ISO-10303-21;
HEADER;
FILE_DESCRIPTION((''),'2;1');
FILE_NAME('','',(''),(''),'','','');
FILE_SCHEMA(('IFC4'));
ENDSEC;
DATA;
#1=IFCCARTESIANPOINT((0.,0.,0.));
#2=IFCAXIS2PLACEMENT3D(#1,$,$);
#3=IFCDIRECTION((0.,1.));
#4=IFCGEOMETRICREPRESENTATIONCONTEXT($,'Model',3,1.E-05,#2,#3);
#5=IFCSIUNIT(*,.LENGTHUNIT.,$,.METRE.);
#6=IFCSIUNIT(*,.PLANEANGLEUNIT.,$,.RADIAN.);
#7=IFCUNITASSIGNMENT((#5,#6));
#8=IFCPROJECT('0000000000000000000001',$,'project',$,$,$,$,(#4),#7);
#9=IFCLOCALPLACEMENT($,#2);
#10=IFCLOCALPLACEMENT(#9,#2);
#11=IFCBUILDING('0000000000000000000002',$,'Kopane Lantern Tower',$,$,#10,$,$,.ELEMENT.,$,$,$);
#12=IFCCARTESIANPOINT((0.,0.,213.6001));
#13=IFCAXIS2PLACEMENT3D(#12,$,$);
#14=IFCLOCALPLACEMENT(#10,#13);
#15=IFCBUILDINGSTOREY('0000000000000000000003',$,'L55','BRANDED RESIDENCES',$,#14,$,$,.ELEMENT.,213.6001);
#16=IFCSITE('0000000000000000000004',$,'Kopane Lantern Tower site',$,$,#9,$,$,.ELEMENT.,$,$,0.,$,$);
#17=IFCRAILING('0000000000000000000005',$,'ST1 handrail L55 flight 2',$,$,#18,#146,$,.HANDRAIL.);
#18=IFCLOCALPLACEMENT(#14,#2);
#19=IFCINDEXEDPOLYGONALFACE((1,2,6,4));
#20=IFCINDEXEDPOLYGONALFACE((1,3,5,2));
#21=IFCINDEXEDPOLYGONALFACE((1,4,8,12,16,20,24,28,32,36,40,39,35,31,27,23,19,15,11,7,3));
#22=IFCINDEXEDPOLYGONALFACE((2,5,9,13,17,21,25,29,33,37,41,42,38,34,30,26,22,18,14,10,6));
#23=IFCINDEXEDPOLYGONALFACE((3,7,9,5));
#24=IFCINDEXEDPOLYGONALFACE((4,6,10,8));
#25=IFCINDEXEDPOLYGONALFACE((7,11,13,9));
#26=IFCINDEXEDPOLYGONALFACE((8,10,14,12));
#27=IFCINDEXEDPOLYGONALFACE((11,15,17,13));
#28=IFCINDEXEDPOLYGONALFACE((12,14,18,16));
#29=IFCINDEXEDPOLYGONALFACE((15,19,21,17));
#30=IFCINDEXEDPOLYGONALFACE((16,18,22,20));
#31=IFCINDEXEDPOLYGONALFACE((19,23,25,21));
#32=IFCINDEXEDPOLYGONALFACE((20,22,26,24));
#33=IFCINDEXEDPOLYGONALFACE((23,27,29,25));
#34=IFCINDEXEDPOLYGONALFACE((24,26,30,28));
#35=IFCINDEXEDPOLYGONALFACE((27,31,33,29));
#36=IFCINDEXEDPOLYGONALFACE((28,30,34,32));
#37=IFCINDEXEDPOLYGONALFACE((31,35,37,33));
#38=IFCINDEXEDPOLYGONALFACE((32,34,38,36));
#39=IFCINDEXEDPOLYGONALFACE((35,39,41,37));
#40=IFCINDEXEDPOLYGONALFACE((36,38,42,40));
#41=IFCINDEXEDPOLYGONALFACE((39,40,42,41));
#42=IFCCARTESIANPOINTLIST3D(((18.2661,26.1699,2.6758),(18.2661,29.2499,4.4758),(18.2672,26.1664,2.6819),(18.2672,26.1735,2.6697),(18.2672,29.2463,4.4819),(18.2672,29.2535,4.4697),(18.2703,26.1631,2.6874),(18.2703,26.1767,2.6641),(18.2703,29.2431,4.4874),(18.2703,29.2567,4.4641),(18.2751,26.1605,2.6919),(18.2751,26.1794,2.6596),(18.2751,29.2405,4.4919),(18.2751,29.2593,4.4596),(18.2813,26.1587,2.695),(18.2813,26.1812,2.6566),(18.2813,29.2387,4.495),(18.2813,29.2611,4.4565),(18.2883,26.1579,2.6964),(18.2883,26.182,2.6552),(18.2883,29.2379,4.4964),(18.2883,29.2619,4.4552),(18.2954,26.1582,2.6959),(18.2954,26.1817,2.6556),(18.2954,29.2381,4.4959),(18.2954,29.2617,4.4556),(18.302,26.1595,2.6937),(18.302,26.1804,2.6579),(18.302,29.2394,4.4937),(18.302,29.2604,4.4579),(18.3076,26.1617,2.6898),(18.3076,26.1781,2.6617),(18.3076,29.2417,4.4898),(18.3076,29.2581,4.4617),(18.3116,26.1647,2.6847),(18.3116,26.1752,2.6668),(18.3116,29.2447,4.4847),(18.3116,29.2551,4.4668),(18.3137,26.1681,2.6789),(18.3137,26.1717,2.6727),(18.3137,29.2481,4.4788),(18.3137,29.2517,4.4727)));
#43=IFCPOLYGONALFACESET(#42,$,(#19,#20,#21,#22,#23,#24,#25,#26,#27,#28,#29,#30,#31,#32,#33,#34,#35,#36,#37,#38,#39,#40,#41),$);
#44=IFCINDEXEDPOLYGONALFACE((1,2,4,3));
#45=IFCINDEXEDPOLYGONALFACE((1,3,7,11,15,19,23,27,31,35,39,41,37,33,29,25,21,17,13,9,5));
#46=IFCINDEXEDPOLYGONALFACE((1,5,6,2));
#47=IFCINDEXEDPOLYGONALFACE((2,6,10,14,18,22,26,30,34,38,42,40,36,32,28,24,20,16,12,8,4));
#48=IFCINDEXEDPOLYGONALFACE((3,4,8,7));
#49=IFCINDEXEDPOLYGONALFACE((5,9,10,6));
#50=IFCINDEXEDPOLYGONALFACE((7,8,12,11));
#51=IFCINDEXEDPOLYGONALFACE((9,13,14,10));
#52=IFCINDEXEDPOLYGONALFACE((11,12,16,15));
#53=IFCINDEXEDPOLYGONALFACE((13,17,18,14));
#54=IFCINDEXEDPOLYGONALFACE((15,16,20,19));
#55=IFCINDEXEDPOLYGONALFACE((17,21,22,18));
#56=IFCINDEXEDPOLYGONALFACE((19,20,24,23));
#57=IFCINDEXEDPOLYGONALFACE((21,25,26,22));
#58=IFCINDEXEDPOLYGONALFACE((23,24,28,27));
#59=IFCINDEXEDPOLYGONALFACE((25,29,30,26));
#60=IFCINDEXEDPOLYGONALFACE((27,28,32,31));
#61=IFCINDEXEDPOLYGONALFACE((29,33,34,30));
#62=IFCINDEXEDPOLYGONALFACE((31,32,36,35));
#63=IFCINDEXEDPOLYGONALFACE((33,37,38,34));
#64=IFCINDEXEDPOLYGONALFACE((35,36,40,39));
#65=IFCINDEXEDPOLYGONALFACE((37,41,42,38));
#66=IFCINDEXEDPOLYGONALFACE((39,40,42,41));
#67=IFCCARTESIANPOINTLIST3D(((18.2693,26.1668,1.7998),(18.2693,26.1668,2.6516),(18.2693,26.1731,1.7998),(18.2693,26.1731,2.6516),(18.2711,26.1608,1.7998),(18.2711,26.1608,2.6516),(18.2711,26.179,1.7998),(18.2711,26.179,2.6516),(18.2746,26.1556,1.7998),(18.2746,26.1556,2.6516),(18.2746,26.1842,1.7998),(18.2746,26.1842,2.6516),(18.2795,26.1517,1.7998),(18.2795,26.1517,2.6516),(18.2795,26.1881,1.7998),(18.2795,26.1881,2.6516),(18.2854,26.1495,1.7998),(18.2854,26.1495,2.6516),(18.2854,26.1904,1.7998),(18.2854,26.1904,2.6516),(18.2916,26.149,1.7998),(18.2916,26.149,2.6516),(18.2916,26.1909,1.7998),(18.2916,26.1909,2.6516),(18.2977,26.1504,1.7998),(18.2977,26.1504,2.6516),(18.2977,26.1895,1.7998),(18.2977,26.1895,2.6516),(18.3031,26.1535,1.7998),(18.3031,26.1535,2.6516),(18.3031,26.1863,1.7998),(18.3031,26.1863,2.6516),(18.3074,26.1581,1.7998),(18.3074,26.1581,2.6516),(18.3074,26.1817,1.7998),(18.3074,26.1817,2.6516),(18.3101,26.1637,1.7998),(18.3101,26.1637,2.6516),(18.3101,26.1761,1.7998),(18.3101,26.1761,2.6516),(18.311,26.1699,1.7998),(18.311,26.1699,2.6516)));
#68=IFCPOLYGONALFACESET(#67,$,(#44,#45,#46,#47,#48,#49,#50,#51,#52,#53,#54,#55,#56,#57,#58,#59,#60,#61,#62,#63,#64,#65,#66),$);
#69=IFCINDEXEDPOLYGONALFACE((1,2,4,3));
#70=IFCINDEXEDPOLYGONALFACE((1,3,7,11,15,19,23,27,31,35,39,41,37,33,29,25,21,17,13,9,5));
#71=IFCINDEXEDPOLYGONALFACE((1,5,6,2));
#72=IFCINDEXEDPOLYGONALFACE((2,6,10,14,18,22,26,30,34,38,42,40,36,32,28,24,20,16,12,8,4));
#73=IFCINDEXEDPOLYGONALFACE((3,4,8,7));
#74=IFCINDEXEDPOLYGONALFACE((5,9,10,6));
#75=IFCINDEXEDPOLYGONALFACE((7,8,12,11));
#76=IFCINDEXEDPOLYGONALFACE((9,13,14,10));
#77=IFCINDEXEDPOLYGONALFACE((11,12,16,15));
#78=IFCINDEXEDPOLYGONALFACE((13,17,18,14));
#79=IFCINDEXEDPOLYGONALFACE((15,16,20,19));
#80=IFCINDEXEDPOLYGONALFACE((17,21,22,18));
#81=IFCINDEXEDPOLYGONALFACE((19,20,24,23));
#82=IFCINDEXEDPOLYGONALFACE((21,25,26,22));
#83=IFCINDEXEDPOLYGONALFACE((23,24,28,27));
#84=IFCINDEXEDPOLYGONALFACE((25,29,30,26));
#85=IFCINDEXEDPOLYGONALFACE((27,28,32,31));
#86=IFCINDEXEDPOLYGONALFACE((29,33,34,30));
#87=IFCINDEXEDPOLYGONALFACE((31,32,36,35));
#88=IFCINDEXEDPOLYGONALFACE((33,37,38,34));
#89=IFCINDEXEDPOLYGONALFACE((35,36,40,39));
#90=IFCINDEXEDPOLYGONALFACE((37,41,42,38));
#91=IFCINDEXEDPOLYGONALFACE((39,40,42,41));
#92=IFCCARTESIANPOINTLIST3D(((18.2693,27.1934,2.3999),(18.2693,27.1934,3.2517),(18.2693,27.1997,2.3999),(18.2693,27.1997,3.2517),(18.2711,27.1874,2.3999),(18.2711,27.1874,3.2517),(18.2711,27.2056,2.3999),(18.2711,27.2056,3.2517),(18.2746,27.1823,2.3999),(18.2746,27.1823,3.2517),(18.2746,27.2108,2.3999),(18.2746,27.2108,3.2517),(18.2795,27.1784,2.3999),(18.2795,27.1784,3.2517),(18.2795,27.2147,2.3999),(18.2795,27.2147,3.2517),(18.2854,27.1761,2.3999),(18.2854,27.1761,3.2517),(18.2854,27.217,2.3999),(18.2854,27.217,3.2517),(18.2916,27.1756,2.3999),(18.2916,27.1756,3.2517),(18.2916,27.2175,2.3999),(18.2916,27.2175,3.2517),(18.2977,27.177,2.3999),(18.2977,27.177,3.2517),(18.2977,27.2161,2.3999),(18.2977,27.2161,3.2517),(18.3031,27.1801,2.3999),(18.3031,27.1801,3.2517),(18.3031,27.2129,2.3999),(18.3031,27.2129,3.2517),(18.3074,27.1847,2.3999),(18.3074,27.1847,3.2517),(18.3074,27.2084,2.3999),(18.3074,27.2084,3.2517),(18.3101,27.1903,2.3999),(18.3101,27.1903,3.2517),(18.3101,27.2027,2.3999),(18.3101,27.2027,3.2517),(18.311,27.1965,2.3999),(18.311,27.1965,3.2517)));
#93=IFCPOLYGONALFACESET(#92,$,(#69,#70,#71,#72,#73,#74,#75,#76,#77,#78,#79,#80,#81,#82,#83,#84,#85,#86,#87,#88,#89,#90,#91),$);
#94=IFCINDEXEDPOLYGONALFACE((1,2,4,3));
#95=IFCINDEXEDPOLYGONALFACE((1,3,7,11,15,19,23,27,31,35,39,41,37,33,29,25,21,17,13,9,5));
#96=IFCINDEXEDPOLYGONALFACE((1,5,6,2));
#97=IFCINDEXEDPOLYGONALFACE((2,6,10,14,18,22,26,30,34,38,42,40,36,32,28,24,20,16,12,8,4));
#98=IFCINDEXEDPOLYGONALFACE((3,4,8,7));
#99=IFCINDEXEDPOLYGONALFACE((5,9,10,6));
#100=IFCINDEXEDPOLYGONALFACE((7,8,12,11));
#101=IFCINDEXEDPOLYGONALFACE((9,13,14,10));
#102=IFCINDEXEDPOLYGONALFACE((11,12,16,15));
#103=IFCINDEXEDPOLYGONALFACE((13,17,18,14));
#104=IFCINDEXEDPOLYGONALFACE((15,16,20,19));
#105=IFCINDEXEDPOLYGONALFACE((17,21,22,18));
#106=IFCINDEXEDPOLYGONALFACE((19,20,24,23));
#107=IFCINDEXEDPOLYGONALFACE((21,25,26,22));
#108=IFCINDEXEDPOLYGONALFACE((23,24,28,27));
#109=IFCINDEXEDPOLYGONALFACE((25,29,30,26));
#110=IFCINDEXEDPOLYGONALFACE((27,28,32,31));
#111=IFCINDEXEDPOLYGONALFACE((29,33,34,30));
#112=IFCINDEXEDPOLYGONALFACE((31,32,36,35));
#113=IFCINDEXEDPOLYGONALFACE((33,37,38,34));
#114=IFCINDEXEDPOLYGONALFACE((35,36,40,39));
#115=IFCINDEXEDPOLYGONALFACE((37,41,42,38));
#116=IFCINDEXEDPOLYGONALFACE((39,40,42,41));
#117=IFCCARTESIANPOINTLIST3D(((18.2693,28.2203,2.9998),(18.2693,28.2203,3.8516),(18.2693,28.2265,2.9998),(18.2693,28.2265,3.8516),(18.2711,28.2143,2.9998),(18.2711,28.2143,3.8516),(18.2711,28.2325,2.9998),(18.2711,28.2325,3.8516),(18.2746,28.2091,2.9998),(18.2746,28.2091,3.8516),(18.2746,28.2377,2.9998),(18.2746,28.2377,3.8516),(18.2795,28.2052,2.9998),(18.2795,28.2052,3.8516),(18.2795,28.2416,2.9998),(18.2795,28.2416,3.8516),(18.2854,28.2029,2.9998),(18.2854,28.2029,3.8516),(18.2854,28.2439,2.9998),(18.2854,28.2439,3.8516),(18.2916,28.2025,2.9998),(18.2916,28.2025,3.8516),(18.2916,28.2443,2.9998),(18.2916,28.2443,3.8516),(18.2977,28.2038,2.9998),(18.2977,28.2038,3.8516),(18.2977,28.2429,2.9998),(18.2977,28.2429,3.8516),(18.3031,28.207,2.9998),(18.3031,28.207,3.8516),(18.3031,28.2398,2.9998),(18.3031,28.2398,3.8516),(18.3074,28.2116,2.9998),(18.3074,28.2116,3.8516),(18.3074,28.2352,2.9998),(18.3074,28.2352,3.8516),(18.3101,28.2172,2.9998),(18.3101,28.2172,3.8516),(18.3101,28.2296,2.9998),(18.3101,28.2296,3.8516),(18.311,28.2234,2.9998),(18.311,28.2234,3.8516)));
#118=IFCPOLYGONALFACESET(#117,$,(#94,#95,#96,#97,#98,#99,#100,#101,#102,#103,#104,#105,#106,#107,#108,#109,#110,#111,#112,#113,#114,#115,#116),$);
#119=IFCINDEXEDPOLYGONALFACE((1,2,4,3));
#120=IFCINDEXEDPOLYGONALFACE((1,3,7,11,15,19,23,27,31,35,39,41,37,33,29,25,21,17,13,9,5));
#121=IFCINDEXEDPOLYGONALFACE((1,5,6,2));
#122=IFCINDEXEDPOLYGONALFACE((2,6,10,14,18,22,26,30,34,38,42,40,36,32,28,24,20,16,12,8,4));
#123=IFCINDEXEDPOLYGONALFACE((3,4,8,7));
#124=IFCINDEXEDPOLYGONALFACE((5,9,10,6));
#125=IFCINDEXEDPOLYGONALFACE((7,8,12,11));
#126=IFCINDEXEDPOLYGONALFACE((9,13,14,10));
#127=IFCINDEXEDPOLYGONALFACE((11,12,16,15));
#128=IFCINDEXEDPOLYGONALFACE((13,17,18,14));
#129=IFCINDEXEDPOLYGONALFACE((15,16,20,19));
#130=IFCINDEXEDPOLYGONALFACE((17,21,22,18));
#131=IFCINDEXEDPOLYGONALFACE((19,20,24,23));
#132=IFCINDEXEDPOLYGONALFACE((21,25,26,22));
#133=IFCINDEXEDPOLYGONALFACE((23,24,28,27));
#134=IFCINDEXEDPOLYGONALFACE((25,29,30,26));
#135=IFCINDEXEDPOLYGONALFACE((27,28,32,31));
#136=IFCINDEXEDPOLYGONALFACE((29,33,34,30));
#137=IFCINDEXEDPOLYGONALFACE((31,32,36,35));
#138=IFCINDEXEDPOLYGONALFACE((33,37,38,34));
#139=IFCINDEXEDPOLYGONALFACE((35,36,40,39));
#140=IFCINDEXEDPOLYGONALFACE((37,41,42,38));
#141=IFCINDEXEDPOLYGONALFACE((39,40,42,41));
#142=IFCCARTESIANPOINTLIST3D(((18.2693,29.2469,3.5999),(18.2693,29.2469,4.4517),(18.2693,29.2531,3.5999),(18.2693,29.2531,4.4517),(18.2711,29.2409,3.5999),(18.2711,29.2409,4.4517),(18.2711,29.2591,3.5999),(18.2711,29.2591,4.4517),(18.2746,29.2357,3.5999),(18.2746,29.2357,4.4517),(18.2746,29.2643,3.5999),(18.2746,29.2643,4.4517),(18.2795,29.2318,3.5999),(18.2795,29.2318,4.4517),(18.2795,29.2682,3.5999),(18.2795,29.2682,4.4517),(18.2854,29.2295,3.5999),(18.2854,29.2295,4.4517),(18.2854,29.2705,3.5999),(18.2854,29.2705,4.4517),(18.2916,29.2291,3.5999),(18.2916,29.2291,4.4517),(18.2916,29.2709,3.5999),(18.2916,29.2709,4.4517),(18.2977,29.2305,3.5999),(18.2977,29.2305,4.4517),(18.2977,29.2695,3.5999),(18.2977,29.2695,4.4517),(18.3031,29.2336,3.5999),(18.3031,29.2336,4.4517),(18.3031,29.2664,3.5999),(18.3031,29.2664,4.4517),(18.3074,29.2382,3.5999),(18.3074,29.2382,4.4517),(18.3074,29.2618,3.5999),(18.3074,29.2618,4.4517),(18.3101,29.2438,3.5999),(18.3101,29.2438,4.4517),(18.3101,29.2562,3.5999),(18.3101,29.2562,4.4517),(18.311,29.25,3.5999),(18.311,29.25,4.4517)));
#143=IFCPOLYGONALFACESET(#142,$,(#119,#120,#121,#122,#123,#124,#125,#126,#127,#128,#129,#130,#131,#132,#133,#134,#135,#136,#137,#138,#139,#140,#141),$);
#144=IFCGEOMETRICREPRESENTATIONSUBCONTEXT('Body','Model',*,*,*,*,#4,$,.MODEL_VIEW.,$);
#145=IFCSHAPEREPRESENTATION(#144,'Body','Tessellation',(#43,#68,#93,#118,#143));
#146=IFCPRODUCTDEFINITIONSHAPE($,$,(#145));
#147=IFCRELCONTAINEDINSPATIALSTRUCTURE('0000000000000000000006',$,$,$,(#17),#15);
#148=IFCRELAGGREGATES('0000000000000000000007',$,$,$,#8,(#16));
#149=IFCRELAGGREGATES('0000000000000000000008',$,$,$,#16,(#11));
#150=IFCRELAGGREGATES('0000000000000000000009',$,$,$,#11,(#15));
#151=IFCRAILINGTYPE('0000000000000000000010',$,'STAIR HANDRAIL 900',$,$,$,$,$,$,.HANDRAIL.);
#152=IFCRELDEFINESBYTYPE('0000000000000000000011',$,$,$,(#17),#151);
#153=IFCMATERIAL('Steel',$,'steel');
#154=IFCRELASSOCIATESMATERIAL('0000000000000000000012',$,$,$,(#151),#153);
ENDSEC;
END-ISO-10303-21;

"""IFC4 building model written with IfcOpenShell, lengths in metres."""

from ifc_helpers import new_model, si_unit, direction, frame, origin, origin_2d, place, context, subcontext, project, spatial, circle, extrude, material, type_object, element, save


model = new_model("IFC4")

# Units and contexts
model_context = context("Model", 3, precision=1e-05, world=origin(), true_north=direction((0.0, 1.0)))
body_context = subcontext(model_context, "Body", "Model", "MODEL_VIEW")
ifc_project = project(units=[si_unit("LENGTHUNIT", "METRE"), si_unit("PLANEANGLEUNIT", "RADIAN")], contexts=[model_context])

# Site, building, storey
site_placement = place(None, origin())
site = spatial("IfcSite", under=ifc_project, at=site_placement, Name="Kopane Lantern Tower site", CompositionType="ELEMENT", RefElevation=0.0)
building_placement = place(site_placement, origin())
building = spatial("IfcBuilding", under=site, at=building_placement, Name="Kopane Lantern Tower", CompositionType="ELEMENT")
storey_placement = place(building_placement, frame((0.0, 0.0, 213.6001)))
storey = spatial("IfcBuildingStorey", under=building, at=storey_placement, Name="L55", Description="BRANDED RESIDENCES", CompositionType="ELEMENT", Elevation=213.6001)

# Railing
ifc_material_1 = material(Name="Steel", Category="steel")
railing_type_1 = type_object("IfcRailingType", Name="STAIR HANDRAIL 900", PredefinedType="HANDRAIL", material=ifc_material_1)
for number, where, name in (
    (1, (18.29, 26.1699, 1.7998), "ST1 handrail L55 flight 2"),
):
    element("IfcRailing", number, at=place(storey_placement, frame(where)), inside=storey, type_object=railing_type_1, Name=name, PredefinedType="HANDRAIL", context=body_context, shape_type="SweptSolid", body=[
        extrude(circle(Radius=0.0239, at=origin_2d()), frame((0.0, 0.0, 0.876), z_axis=(0.0, 0.863372, 0.504569), x_axis=(-1.0, 0.0, 0.0)), (0.0, 0.0, 1.0), 3.5674),
        extrude(circle(Radius=0.021, at=origin_2d()), origin(), (0.0, 0.0, 1.0), 0.8518),
        extrude(circle(Radius=0.021, at=origin_2d()), frame((0.0, 1.0266, 0.6001)), (0.0, 0.0, 1.0), 0.8518),
        extrude(circle(Radius=0.021, at=origin_2d()), frame((0.0, 2.0535, 1.2)), (0.0, 0.0, 1.0), 0.8518),
        extrude(circle(Radius=0.021, at=origin_2d()), frame((0.0, 3.0801, 1.8)), (0.0, 0.0, 1.0), 0.8518),
    ])

save(model, "model.ifc")
